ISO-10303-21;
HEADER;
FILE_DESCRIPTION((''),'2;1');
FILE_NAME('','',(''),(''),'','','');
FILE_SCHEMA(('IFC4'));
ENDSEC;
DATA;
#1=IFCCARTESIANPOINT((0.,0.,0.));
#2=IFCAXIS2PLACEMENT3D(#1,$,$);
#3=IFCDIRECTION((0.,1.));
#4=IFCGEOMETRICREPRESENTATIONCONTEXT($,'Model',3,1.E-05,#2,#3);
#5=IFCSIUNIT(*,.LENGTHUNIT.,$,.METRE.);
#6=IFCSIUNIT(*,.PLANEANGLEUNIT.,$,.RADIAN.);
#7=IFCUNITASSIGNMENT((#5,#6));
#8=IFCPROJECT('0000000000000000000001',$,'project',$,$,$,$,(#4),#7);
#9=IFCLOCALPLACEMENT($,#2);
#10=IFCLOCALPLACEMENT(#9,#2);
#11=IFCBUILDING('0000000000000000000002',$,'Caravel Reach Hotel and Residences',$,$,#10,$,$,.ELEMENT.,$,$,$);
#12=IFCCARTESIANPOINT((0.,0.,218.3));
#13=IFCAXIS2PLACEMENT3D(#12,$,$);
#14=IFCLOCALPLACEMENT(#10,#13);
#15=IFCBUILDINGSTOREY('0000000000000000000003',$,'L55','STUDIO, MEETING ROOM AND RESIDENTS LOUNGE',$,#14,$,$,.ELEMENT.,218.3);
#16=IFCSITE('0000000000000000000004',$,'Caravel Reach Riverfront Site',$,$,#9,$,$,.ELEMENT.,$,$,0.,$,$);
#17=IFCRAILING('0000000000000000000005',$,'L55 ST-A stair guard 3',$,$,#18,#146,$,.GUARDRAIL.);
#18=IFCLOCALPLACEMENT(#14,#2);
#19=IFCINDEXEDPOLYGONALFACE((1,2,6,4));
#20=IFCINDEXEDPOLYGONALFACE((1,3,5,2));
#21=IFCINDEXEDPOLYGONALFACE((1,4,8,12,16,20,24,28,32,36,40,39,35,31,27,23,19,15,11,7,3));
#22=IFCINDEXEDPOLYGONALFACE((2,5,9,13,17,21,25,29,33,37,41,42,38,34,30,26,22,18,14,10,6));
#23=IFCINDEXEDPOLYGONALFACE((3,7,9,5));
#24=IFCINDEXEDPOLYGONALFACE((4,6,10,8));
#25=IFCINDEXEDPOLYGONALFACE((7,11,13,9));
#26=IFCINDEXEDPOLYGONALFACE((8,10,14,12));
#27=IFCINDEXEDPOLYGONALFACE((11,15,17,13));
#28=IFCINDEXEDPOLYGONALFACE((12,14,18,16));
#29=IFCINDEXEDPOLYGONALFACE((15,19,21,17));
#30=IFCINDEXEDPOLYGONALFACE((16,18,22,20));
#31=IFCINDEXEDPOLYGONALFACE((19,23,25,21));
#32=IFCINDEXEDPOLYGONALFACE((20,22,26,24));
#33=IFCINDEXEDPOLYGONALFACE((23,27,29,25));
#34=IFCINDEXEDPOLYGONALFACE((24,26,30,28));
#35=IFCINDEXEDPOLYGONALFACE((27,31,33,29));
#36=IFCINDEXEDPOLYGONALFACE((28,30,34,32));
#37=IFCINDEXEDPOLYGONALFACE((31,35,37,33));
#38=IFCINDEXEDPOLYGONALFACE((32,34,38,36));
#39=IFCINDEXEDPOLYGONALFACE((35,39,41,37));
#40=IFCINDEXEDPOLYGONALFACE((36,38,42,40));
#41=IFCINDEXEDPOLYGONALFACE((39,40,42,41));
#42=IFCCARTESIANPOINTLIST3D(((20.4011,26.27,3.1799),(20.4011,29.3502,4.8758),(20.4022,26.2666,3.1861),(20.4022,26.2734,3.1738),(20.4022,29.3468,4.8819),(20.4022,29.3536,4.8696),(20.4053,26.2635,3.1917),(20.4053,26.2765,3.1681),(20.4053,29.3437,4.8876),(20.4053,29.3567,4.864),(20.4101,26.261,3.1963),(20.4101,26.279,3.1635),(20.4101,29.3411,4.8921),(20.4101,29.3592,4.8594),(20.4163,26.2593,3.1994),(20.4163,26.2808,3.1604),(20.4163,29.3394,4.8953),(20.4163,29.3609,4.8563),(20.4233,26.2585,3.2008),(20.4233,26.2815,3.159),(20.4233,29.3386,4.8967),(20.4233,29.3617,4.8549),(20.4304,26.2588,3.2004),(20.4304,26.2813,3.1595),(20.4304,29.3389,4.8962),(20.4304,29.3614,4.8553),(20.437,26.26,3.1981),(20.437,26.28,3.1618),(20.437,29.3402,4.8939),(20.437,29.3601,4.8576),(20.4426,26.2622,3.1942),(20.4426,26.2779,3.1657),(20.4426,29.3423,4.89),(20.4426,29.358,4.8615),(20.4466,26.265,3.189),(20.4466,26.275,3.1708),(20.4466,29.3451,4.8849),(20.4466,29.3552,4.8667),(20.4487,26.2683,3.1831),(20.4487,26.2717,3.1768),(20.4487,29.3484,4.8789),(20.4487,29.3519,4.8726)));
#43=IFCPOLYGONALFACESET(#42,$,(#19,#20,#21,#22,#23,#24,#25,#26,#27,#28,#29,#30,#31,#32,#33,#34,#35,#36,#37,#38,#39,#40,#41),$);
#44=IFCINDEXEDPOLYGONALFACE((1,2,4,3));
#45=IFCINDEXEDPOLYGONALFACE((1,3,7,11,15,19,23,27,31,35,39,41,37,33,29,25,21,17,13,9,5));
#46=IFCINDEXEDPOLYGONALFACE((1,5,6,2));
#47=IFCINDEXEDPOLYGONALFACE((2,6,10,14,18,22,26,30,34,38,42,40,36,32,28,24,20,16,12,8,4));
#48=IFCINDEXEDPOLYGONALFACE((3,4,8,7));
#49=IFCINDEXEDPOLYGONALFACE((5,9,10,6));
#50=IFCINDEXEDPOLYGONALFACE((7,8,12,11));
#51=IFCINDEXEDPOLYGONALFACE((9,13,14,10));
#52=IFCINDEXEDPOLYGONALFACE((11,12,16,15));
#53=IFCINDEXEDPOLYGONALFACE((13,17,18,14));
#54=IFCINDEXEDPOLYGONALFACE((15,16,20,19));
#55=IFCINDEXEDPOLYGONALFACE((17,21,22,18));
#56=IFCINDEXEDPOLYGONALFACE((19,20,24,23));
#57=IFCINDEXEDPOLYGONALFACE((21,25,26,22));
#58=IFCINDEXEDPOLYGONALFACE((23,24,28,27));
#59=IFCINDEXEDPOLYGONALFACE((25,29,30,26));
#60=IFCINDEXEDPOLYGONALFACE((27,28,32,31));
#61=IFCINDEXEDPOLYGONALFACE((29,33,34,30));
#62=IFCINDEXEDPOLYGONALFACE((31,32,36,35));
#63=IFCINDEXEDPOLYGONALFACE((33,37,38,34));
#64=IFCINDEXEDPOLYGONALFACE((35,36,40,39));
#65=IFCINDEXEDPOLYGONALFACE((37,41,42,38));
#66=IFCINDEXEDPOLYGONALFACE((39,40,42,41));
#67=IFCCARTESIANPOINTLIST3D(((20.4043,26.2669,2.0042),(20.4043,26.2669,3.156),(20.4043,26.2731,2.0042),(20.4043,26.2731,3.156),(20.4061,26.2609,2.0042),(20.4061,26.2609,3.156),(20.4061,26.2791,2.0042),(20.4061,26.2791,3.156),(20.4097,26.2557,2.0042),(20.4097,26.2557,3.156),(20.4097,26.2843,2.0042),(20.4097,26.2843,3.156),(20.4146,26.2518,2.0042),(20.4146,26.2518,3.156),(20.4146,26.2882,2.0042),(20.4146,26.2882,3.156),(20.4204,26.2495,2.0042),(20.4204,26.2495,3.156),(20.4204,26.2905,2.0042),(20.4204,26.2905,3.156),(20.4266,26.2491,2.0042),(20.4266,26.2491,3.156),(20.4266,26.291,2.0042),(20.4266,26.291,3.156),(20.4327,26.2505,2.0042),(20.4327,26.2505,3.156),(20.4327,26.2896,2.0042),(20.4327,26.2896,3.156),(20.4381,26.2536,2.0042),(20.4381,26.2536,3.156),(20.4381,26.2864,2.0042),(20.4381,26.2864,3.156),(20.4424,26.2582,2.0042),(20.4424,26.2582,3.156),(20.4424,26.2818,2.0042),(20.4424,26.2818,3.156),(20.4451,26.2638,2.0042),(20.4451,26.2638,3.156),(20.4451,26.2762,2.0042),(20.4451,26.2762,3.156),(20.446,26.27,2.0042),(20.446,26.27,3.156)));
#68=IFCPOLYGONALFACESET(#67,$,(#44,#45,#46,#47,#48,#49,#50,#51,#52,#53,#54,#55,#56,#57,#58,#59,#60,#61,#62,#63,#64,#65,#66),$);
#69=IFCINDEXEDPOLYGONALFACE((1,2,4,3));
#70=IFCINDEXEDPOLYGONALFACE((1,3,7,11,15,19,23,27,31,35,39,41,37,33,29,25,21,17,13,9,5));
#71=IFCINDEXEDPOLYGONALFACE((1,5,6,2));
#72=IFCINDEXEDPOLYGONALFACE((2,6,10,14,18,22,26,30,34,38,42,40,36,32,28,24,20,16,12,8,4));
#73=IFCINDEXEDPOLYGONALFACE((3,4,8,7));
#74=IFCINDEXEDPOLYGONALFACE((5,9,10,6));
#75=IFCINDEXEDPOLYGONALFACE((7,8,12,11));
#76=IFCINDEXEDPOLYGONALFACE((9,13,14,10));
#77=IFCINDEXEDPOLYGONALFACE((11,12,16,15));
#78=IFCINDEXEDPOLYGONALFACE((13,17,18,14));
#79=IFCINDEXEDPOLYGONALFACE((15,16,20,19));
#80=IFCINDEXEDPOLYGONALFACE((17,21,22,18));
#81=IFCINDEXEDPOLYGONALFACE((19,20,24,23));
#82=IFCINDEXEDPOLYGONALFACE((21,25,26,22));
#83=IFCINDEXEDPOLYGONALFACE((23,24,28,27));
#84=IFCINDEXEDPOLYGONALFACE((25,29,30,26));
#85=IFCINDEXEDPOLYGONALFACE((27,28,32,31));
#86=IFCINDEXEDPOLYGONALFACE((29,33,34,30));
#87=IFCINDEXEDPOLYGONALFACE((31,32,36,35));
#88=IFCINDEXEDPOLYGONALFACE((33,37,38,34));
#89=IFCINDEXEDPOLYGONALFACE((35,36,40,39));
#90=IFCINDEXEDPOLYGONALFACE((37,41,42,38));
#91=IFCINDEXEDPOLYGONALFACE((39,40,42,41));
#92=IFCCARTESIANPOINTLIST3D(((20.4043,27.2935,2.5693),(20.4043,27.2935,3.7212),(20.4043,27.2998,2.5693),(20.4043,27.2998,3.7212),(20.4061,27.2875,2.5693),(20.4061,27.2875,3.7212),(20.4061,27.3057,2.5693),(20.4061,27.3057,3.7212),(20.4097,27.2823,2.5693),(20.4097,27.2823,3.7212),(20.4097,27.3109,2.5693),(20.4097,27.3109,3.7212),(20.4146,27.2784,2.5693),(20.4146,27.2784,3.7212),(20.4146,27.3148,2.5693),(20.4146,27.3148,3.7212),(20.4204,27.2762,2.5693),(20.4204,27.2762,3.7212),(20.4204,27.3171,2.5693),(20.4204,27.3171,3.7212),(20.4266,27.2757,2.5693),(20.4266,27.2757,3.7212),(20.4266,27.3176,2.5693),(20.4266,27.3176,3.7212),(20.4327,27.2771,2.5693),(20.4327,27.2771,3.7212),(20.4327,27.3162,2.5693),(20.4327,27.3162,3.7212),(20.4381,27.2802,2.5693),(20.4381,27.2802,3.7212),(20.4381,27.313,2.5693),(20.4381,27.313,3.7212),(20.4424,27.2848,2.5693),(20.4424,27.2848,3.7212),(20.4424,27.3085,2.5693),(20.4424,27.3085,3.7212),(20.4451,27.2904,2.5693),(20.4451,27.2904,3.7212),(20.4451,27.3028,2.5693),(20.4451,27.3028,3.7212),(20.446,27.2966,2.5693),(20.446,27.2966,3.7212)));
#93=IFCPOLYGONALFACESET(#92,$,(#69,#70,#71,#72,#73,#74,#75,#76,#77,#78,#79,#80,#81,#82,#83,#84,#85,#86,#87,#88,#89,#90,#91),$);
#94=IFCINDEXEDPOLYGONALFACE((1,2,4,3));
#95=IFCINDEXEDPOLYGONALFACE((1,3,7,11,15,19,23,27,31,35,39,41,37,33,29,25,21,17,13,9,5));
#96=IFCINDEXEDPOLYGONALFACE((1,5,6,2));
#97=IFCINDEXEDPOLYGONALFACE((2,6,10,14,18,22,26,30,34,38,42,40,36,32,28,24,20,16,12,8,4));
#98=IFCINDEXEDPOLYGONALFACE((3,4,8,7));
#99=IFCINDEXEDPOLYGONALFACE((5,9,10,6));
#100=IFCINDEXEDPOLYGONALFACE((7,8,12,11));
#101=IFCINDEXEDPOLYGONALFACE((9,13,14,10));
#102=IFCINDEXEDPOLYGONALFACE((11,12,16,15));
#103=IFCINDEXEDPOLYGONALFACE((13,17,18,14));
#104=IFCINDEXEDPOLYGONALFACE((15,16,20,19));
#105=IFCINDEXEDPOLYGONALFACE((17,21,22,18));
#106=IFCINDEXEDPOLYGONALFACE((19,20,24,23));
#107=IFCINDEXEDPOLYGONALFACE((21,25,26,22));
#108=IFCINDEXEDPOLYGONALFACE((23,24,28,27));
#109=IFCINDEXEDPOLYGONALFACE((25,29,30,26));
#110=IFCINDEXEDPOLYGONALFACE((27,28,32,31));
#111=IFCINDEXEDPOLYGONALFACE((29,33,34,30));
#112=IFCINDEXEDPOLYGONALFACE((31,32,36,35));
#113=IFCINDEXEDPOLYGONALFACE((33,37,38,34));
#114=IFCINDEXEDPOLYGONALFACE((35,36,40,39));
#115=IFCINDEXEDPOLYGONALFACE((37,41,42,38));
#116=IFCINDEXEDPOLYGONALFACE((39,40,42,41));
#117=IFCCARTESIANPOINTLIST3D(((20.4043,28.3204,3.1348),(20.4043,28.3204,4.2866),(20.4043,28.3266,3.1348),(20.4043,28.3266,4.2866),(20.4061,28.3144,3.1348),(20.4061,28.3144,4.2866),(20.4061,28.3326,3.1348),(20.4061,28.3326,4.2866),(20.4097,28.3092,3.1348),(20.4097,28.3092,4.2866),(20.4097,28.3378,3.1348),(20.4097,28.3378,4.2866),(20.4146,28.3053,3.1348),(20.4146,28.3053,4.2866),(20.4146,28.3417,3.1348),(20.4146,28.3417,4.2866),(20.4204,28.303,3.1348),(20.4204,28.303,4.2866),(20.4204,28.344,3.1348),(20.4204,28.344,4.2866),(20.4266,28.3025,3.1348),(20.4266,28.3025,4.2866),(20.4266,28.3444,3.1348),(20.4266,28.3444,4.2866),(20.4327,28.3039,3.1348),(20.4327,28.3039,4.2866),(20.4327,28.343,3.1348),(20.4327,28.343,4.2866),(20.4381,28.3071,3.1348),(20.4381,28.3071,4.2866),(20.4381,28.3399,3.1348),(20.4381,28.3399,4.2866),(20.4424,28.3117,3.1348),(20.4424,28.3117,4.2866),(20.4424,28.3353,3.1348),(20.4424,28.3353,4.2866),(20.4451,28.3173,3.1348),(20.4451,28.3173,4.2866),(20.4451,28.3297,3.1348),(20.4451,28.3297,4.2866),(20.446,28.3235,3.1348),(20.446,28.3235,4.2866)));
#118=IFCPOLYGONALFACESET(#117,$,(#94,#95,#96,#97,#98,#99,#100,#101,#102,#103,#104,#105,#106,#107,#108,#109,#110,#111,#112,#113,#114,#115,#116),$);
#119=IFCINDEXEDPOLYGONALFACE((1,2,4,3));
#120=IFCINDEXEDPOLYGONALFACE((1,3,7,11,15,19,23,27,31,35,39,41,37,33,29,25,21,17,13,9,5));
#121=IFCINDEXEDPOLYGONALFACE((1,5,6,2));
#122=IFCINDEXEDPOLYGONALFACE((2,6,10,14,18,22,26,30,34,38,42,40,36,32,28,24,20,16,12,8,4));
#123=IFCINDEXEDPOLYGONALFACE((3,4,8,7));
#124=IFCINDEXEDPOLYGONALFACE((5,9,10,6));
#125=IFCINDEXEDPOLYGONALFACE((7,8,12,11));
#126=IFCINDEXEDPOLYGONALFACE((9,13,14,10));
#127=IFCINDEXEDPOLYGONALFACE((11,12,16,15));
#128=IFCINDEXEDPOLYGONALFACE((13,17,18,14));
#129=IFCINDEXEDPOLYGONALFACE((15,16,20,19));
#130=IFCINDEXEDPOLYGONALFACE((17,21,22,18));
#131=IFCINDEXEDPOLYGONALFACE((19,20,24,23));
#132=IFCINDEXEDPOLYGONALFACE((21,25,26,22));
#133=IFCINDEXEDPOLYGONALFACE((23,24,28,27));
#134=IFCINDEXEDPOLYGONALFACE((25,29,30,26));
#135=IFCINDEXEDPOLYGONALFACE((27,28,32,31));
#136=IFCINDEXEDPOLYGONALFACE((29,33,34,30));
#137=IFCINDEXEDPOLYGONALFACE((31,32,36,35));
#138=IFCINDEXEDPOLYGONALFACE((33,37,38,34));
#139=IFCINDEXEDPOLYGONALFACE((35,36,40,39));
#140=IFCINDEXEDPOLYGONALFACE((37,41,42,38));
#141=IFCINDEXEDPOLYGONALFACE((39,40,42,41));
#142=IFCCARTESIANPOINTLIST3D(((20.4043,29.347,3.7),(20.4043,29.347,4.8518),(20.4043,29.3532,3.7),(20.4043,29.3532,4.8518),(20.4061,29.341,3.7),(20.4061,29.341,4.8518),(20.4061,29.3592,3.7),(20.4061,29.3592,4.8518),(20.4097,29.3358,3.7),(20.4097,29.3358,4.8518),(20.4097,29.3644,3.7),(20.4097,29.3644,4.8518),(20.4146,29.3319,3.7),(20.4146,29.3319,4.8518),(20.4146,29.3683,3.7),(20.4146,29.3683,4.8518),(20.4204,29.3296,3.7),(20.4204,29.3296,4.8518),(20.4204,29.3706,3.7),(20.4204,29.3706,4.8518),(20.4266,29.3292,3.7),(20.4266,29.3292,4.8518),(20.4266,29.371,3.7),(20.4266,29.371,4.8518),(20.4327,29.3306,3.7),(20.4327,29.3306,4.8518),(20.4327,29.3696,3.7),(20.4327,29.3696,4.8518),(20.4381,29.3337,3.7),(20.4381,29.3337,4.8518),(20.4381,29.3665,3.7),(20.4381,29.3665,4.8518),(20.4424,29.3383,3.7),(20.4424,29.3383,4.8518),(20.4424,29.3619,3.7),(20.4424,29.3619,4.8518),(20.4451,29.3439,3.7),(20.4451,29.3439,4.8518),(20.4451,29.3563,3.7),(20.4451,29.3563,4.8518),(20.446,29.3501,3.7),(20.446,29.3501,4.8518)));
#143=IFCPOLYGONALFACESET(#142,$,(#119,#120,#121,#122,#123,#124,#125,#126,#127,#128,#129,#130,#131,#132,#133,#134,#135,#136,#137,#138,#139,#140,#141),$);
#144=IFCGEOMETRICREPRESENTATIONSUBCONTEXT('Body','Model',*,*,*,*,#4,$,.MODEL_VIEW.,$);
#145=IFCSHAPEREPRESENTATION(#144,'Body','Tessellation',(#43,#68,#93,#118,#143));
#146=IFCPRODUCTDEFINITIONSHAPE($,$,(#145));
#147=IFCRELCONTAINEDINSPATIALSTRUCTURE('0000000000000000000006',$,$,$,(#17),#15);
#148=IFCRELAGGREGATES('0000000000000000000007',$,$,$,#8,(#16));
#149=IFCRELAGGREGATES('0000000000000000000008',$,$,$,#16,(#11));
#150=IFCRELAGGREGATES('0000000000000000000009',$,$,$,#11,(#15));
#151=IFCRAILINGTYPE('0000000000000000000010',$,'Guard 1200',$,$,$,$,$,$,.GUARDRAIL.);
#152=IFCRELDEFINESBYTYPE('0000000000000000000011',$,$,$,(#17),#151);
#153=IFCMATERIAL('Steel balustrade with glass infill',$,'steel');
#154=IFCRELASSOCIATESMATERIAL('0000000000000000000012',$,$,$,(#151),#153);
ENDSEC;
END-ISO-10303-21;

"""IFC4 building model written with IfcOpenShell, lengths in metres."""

from ifc_helpers import new_model, si_unit, direction, frame, origin, origin_2d, place, context, subcontext, project, spatial, circle, extrude, material, type_object, element, save


model = new_model("IFC4")

# Units and contexts
model_context = context("Model", 3, precision=1e-05, world=origin(), true_north=direction((0.0, 1.0)))
body_context = subcontext(model_context, "Body", "Model", "MODEL_VIEW")
ifc_project = project(units=[si_unit("LENGTHUNIT", "METRE"), si_unit("PLANEANGLEUNIT", "RADIAN")], contexts=[model_context])

# Site, building, storey
site_placement = place(None, origin())
site = spatial("IfcSite", under=ifc_project, at=site_placement, Name="Caravel Reach Riverfront Site", CompositionType="ELEMENT", RefElevation=0.0)
building_placement = place(site_placement, origin())
building = spatial("IfcBuilding", under=site, at=building_placement, Name="Caravel Reach Hotel and Residences", CompositionType="ELEMENT")
storey_placement = place(building_placement, frame((0.0, 0.0, 218.3)))
storey = spatial("IfcBuildingStorey", under=building, at=storey_placement, Name="L55", Description="STUDIO, MEETING ROOM AND RESIDENTS LOUNGE", CompositionType="ELEMENT", Elevation=218.3)

# Railing
ifc_material_1 = material(Name="Steel balustrade with glass infill", Category="steel")
railing_type_1 = type_object("IfcRailingType", Name="Guard 1200", PredefinedType="GUARDRAIL", material=ifc_material_1)
railing_1_placement = place(storey_placement, frame((20.425, 26.27, 2.0042)))
element("IfcRailing", 1, at=railing_1_placement, inside=storey, type_object=railing_type_1, Name="L55 ST-A stair guard 3", PredefinedType="GUARDRAIL", context=body_context, shape_type="SweptSolid", body=[
    extrude(circle(Radius=0.0239, at=origin_2d()), frame((0.0, 0.0, 1.1758), z_axis=(0.0, 0.876005, 0.482303), x_axis=(-1.0, 0.0, 0.0)), (0.0, 0.0, 1.0), 3.5161),
    extrude(circle(Radius=0.021, at=origin_2d()), origin(), (0.0, 0.0, 1.0), 1.1519),
    extrude(circle(Radius=0.021, at=origin_2d()), frame((0.0, 1.0266, 0.5652)), (0.0, 0.0, 1.0), 1.1519),
    extrude(circle(Radius=0.021, at=origin_2d()), frame((0.0, 2.0535, 1.1306)), (0.0, 0.0, 1.0), 1.1519),
    extrude(circle(Radius=0.021, at=origin_2d()), frame((0.0, 3.0801, 1.6958)), (0.0, 0.0, 1.0), 1.1519),
])

save(model, "model.ifc")
